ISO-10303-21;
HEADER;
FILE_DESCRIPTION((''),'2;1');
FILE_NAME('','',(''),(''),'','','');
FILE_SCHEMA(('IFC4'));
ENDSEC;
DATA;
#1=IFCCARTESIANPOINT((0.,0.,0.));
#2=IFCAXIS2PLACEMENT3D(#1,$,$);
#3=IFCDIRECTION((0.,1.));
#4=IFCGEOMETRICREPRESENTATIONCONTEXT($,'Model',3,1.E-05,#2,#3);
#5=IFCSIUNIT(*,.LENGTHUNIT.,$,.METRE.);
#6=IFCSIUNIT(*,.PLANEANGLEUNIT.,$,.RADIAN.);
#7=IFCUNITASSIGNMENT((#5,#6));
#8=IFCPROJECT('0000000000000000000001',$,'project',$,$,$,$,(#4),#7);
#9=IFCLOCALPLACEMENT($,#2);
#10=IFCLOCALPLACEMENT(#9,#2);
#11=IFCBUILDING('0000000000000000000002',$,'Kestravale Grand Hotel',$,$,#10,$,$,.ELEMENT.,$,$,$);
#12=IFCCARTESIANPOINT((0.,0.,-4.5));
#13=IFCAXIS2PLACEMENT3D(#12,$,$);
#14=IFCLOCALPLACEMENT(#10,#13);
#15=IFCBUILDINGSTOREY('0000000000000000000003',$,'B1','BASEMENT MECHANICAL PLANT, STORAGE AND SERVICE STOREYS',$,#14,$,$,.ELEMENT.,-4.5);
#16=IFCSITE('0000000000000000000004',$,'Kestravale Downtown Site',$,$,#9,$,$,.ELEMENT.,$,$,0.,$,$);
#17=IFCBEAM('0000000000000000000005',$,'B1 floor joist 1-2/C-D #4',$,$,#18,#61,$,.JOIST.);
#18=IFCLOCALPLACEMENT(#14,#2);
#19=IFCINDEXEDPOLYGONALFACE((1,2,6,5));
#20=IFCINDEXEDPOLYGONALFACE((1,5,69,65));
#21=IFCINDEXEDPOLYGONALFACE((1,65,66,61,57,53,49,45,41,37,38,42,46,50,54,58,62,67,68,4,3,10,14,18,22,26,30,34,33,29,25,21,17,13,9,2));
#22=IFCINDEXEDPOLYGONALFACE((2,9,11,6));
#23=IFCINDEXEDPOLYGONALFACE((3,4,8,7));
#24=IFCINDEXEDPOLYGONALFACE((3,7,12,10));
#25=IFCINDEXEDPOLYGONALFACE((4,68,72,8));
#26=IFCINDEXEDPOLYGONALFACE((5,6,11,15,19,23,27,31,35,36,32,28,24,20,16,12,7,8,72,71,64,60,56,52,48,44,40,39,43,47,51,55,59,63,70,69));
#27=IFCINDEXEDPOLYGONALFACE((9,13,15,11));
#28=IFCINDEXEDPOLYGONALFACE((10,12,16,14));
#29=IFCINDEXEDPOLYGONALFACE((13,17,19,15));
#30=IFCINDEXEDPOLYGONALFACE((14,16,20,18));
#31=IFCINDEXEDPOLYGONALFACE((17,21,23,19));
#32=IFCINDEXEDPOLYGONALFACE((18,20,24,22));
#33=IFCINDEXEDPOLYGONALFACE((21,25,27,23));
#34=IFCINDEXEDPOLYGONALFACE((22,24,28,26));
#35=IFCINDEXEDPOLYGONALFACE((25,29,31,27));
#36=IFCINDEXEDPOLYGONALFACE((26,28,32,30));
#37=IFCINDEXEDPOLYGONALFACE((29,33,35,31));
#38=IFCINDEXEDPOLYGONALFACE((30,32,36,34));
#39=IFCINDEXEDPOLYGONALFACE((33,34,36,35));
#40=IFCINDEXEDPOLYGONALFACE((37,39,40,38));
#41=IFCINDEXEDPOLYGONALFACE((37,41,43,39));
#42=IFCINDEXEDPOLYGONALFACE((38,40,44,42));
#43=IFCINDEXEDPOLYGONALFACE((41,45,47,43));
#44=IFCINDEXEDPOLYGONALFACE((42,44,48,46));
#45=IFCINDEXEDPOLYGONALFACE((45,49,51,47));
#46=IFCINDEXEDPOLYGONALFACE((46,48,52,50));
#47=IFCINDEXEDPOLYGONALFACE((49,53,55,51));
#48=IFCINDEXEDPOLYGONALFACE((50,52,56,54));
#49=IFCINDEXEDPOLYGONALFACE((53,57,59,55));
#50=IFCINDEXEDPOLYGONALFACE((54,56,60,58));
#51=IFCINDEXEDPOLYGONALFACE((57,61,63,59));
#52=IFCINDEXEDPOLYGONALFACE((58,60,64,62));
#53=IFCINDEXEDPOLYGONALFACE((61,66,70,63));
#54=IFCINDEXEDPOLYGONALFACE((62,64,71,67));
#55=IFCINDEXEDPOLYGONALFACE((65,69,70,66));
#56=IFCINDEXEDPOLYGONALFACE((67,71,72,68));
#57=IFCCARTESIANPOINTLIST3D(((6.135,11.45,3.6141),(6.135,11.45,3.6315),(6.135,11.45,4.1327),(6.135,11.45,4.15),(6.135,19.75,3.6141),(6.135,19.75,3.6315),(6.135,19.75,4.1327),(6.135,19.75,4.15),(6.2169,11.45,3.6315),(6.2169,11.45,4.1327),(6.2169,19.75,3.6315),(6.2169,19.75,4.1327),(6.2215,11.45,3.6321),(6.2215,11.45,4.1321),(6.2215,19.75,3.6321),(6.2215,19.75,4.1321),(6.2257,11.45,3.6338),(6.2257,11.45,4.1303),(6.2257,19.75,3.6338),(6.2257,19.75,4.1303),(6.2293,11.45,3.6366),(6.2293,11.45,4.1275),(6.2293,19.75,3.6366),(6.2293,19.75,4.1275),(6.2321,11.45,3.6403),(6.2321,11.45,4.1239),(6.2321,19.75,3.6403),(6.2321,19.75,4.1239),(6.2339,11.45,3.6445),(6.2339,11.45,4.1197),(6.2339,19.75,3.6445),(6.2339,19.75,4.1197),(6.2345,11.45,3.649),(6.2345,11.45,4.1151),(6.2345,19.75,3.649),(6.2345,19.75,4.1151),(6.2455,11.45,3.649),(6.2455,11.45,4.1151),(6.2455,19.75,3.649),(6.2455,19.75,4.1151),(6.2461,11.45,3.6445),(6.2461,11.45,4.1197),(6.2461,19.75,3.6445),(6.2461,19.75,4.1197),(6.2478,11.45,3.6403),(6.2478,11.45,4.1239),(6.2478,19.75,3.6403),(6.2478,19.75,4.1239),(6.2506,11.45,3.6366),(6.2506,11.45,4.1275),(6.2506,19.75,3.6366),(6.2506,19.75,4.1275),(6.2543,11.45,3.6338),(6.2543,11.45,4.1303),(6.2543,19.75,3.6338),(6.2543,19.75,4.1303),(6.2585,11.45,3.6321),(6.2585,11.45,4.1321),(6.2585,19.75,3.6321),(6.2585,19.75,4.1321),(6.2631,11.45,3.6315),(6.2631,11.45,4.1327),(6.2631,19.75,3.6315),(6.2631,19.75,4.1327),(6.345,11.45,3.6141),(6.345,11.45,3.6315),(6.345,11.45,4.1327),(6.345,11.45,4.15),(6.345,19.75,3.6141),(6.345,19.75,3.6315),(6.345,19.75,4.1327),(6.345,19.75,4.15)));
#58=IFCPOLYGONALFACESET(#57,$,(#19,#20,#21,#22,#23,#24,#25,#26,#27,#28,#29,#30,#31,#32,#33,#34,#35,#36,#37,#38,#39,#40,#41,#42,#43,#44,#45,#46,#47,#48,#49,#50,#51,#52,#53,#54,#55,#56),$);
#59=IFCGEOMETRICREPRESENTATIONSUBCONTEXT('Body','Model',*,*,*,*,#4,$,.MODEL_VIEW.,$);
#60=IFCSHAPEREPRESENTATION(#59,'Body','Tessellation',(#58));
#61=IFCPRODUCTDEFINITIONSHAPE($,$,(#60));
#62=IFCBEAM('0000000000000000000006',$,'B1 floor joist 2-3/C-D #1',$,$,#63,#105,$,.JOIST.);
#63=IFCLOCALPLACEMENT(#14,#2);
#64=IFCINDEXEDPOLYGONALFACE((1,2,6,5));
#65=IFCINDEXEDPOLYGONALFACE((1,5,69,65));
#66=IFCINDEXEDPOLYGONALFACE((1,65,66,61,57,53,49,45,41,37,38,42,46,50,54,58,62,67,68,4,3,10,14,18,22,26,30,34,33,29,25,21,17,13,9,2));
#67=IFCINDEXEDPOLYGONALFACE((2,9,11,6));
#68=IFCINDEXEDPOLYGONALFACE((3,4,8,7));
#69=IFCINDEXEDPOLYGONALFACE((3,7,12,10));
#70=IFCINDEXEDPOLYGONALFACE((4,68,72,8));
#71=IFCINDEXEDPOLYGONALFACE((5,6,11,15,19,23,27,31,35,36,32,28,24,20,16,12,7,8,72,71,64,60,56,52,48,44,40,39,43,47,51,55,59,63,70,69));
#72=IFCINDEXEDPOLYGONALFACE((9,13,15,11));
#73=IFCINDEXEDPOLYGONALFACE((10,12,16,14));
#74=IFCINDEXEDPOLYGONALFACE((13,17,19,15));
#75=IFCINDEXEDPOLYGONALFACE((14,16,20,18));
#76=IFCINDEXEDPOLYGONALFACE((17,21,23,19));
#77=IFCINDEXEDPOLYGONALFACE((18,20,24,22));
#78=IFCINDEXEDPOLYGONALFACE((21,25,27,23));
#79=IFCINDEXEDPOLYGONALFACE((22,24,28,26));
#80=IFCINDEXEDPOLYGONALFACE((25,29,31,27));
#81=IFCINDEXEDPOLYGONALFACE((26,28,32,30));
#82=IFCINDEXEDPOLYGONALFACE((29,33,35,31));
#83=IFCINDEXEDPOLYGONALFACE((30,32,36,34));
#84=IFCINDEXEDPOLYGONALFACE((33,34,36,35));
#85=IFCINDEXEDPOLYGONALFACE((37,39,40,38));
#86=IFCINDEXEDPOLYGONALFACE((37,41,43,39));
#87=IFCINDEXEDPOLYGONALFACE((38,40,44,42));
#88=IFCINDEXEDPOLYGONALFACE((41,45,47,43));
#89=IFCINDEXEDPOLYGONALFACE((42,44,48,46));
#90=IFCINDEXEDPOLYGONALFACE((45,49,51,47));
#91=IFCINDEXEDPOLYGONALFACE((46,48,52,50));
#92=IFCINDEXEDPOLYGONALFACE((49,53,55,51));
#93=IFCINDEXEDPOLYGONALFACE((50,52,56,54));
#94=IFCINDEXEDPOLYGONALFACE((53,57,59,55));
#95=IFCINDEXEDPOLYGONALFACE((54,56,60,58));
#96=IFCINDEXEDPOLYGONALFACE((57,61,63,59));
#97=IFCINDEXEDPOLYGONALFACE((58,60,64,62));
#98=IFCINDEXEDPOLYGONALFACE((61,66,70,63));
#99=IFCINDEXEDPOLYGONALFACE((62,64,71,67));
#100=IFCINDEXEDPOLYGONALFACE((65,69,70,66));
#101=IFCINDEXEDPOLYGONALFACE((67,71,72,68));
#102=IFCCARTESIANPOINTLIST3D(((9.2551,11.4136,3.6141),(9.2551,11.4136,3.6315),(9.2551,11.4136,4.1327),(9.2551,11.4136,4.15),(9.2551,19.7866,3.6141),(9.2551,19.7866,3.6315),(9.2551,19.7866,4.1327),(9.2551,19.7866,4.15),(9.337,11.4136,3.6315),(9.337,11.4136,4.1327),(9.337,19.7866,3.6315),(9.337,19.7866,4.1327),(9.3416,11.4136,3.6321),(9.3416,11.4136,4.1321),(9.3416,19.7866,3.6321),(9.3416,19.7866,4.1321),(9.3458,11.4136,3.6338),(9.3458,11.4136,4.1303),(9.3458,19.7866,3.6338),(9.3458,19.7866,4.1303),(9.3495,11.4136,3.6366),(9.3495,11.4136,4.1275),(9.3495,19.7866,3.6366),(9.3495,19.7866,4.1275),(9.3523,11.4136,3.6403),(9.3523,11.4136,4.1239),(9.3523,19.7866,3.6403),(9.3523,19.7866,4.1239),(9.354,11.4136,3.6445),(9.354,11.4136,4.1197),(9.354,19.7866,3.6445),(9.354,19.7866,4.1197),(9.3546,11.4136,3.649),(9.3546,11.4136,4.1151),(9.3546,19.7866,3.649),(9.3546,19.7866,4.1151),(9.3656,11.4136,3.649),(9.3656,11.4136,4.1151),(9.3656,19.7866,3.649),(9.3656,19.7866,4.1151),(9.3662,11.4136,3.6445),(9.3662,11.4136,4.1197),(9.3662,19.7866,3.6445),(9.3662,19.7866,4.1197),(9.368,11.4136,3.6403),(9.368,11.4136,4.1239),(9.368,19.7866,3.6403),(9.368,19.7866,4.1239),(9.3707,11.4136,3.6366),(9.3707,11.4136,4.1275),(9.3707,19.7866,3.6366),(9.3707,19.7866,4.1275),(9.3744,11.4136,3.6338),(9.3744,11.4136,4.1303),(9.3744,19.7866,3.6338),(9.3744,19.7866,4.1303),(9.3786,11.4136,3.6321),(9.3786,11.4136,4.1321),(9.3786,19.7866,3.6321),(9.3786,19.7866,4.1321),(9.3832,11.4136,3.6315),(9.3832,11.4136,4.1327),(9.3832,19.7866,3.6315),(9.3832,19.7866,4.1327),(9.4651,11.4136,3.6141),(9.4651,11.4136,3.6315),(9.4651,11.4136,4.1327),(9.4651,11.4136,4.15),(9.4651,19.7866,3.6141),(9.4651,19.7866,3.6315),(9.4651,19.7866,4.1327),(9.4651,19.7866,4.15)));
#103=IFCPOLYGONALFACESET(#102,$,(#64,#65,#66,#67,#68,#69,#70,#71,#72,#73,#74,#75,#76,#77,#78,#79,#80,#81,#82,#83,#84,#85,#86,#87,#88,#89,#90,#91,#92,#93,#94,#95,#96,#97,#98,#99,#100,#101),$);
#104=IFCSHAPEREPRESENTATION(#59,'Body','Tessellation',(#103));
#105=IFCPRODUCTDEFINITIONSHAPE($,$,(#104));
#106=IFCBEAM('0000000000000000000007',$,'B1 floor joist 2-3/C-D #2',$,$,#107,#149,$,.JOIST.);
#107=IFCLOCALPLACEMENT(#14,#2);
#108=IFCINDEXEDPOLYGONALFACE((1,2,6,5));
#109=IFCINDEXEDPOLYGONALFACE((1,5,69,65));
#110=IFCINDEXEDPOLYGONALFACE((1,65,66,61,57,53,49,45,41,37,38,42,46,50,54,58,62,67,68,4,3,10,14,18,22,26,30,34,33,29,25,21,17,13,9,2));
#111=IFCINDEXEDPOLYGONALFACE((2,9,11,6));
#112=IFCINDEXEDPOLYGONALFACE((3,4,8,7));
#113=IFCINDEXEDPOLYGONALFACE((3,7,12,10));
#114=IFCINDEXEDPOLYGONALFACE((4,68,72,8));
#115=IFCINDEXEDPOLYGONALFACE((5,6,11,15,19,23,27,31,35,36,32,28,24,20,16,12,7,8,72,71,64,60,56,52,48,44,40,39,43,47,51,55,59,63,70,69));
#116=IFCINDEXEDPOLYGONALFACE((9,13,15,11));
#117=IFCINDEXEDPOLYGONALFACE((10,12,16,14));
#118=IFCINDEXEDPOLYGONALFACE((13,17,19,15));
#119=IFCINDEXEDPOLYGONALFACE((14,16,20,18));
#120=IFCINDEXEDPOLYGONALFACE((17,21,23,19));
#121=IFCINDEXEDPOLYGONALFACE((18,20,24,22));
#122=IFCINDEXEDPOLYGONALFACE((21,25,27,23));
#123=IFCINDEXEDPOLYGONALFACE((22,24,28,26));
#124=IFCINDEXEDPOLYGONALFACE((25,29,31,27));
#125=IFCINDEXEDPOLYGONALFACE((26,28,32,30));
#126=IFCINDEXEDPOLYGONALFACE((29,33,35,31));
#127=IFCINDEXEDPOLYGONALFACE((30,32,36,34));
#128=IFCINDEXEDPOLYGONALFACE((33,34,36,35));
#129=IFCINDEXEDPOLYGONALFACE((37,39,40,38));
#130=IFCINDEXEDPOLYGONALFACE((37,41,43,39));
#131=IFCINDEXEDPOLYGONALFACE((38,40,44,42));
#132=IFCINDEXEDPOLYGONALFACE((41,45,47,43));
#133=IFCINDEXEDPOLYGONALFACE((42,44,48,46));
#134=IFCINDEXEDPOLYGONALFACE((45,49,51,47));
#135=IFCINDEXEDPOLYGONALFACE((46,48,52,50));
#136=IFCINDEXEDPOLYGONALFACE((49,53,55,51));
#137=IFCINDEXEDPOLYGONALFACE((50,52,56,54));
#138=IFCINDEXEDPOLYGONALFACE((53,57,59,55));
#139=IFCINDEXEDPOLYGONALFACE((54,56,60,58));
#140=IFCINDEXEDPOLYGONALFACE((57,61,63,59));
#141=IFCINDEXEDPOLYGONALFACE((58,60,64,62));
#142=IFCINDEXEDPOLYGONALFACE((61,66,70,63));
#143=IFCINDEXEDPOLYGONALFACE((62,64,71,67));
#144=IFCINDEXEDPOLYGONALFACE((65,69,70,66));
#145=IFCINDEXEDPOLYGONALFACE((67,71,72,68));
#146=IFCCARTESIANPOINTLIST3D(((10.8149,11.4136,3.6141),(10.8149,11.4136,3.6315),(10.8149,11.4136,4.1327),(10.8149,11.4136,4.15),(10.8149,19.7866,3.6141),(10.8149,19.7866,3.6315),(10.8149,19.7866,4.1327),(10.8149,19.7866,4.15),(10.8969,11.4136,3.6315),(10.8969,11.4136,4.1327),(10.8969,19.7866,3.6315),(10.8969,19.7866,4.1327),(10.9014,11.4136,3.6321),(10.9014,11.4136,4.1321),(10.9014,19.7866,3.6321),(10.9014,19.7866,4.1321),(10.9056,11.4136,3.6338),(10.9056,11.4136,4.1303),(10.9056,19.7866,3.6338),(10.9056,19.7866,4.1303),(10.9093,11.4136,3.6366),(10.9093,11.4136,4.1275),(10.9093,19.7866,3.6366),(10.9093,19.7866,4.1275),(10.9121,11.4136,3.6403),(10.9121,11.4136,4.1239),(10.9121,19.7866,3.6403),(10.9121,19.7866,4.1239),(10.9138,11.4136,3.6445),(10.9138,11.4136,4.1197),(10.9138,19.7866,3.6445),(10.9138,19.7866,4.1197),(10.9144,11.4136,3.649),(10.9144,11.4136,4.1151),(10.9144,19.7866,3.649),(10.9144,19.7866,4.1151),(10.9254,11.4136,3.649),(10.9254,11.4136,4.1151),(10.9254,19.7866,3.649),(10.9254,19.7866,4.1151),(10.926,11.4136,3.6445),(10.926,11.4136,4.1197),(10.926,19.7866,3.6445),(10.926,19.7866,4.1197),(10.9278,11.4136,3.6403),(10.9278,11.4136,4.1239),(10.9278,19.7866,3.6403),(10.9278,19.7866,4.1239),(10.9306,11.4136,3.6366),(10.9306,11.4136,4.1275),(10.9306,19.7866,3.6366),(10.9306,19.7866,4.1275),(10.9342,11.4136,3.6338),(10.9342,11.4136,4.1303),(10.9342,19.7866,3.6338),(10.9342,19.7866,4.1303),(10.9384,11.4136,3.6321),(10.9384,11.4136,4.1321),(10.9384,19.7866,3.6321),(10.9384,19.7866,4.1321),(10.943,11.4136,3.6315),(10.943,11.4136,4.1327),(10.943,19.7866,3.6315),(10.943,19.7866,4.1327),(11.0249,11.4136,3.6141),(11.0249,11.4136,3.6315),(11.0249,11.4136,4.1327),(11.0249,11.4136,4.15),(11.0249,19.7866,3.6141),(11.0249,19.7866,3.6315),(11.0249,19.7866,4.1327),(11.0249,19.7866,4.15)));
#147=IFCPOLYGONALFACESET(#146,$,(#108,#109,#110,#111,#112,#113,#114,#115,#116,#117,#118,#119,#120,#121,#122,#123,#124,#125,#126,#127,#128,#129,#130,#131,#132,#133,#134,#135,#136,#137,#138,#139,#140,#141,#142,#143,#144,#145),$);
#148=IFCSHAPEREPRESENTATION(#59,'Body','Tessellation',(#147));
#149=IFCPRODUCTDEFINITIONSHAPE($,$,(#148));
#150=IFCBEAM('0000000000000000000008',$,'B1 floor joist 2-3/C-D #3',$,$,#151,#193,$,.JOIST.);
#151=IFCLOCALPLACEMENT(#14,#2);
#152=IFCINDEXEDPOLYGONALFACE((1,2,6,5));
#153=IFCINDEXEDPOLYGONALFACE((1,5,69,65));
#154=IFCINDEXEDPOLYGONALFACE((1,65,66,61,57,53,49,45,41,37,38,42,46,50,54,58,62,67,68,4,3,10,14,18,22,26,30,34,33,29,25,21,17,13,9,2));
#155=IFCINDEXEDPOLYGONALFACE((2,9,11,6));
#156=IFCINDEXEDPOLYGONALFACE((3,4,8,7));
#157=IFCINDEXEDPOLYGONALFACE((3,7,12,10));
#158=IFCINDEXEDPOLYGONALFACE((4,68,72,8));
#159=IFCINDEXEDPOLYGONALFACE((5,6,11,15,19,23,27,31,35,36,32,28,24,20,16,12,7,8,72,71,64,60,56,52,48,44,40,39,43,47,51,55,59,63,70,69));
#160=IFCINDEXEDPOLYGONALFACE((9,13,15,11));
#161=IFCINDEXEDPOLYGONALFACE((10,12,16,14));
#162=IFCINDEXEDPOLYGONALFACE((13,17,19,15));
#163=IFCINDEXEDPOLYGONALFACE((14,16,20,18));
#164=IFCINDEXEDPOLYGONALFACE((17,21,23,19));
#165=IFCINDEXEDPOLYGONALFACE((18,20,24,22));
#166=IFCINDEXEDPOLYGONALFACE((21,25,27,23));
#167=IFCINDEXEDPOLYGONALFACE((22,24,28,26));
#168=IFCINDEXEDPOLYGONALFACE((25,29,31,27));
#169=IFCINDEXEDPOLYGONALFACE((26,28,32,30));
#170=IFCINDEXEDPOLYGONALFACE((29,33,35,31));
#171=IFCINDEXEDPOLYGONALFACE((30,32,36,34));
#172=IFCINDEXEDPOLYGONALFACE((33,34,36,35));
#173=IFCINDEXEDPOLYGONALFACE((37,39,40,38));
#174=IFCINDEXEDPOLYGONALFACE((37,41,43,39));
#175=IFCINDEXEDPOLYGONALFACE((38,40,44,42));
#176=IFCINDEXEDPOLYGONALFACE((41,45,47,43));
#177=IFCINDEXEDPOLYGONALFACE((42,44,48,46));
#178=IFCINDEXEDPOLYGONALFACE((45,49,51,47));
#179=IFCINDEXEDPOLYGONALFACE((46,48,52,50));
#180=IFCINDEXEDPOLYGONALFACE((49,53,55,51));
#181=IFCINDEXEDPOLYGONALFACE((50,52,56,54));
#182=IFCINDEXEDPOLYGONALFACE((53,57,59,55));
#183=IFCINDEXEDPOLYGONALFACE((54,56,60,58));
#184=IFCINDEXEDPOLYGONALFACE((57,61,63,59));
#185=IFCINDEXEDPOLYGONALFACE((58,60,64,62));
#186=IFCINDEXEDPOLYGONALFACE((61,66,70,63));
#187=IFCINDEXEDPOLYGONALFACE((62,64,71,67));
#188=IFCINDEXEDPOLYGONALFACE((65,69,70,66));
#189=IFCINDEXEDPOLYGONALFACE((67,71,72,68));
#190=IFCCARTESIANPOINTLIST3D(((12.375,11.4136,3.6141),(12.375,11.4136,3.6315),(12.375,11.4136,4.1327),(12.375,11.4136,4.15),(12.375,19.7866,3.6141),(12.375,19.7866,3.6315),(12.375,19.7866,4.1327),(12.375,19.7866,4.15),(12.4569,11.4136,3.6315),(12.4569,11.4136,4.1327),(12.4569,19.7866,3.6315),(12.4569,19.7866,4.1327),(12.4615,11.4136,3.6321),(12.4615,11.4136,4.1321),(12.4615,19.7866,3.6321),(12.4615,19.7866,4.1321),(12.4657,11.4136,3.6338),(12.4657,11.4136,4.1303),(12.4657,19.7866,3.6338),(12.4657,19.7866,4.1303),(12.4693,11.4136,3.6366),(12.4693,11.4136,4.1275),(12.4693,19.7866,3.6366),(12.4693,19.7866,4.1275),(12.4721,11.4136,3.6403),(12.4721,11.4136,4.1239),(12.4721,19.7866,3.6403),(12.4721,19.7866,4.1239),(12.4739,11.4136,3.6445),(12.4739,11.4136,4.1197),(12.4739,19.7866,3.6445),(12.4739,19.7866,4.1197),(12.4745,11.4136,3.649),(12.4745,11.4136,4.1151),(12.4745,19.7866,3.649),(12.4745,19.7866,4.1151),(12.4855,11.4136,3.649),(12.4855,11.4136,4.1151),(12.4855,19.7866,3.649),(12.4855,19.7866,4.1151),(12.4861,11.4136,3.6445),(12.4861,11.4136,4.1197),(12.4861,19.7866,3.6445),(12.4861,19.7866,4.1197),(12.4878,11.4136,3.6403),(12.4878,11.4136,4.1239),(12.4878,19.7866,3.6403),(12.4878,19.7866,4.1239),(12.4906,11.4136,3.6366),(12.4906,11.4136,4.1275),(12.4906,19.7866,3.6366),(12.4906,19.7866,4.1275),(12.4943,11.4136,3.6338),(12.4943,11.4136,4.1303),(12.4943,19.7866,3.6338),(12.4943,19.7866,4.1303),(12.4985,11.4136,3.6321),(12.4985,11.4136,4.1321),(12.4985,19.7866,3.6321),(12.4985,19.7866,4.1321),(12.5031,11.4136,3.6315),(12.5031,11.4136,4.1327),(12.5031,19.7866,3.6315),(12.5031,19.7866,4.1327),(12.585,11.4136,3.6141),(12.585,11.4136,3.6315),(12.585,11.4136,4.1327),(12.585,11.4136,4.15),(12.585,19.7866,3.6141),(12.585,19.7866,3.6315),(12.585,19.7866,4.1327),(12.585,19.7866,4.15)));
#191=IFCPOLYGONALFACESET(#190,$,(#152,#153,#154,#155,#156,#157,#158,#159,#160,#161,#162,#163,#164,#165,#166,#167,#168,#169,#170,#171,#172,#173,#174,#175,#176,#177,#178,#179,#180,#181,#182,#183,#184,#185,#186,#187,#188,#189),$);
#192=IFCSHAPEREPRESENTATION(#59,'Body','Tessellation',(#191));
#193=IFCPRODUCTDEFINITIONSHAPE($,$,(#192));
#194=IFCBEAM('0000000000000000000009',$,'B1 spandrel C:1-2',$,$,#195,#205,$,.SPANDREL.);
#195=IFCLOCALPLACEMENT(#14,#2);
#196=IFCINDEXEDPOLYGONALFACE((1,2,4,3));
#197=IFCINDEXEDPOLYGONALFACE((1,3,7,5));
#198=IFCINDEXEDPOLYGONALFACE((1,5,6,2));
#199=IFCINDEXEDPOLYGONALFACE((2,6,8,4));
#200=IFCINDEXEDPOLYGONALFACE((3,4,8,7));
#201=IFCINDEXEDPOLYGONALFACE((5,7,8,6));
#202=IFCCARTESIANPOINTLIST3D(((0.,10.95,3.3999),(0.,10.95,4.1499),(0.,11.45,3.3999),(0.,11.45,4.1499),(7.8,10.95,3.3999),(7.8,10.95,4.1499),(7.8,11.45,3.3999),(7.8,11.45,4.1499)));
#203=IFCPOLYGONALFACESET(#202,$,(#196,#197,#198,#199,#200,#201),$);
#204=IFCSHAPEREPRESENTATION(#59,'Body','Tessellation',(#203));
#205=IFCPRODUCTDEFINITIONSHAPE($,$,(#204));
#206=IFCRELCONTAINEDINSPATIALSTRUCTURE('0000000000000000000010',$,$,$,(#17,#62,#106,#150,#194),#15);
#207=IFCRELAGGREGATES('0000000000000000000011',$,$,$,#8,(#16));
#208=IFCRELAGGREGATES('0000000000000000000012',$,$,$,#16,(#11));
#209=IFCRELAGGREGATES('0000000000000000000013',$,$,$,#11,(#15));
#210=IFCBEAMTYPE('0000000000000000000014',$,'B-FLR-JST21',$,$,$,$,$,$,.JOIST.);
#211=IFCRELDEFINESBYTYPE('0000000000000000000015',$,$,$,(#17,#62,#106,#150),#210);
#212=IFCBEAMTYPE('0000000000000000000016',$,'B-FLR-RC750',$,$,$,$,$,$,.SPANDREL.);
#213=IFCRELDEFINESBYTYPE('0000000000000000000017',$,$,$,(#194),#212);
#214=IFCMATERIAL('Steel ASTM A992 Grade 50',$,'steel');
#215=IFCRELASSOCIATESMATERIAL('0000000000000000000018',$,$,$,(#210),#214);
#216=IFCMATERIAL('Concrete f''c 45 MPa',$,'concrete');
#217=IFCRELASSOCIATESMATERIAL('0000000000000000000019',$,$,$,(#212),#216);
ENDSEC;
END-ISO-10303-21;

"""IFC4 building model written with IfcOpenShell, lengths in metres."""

from ifc_helpers import new_model, si_unit, direction, frame, origin, origin_2d, place, context, subcontext, project, spatial, rectangle, i_section, extrude, material, material_profile, profile_set, type_object, element, save


model = new_model("IFC4")

# Units and contexts
model_context = context("Model", 3, precision=1e-05, world=origin(), true_north=direction((0.0, 1.0)))
body_context = subcontext(model_context, "Body", "Model", "MODEL_VIEW")
ifc_project = project(units=[si_unit("LENGTHUNIT", "METRE"), si_unit("PLANEANGLEUNIT", "RADIAN")], contexts=[model_context])

# Site, building, storey
site_placement = place(None, origin())
site = spatial("IfcSite", under=ifc_project, at=site_placement, Name="Kestravale Downtown Site", CompositionType="ELEMENT", RefElevation=0.0)
building_placement = place(site_placement, origin())
building = spatial("IfcBuilding", under=site, at=building_placement, Name="Kestravale Grand Hotel", CompositionType="ELEMENT")
storey_placement = place(building_placement, frame((0.0, 0.0, -4.5)))
storey = spatial("IfcBuildingStorey", under=building, at=storey_placement, Name="B1", Description="BASEMENT MECHANICAL PLANT, STORAGE AND SERVICE STOREYS", CompositionType="ELEMENT", Elevation=-4.5)

# Beams
ifc_material_1 = material(Name="Steel ASTM A992 Grade 50", Category="steel")
ifc_material_profile_1 = material_profile(ifc_material_1, i_section(OverallWidth=0.21, OverallDepth=0.5359, WebThickness=0.011, FlangeThickness=0.0173, FilletRadius=0.0176, at=origin_2d()))
ifc_profile_set_1 = profile_set([ifc_material_profile_1], Name="Steel ASTM A992 Grade 50")
beam_type_1 = type_object("IfcBeamType", Name="B-FLR-JST21", PredefinedType="JOIST", material=ifc_profile_set_1)
for number, where, z_axis, x_axis, name in (
    (1, (6.24, 11.45, 3.8821), (0.0, 1.0, 0.0), (-1.0, 0.0, 0.0), "B1 floor joist 1-2/C-D #4"),
):
    element("IfcBeam", number, at=place(storey_placement, frame(where, z_axis=z_axis, x_axis=x_axis)), inside=storey, type_object=beam_type_1, Name=name, PredefinedType="JOIST", context=body_context, shape_type="SweptSolid", body=[
        extrude(i_section(OverallWidth=0.21, OverallDepth=0.5359, WebThickness=0.011, FlangeThickness=0.0173, FilletRadius=0.0176, at=origin_2d()), origin(), (0.0, 0.0, 1.0), 8.3),
    ])
for number, where, z_axis, x_axis, name in (
    (2, (9.3601, 11.4136, 3.8821), (0.0, 1.0, 0.0), (-1.0, 0.0, 0.0), "B1 floor joist 2-3/C-D #1"),
    (3, (10.9199, 11.4136, 3.8821), (0.0, 1.0, 0.0), (-1.0, 0.0, 0.0), "B1 floor joist 2-3/C-D #2"),
    (4, (12.48, 11.4136, 3.8821), (0.0, 1.0, 0.0), (-1.0, 0.0, 0.0), "B1 floor joist 2-3/C-D #3"),
):
    element("IfcBeam", number, at=place(storey_placement, frame(where, z_axis=z_axis, x_axis=x_axis)), inside=storey, type_object=beam_type_1, Name=name, PredefinedType="JOIST", context=body_context, shape_type="SweptSolid", body=[
        extrude(i_section(OverallWidth=0.21, OverallDepth=0.5359, WebThickness=0.011, FlangeThickness=0.0173, FilletRadius=0.0176, at=origin_2d()), origin(), (0.0, 0.0, 1.0), 8.373),
    ])
ifc_material_2 = material(Name="Concrete f'c 45 MPa", Category="concrete")
ifc_material_profile_2 = material_profile(ifc_material_2, rectangle(XDim=0.5, YDim=0.75, at=origin_2d()))
ifc_profile_set_2 = profile_set([ifc_material_profile_2], Name="Concrete f'c 45 MPa")
beam_type_2 = type_object("IfcBeamType", Name="B-FLR-RC750", PredefinedType="SPANDREL", material=ifc_profile_set_2)
for number, where, z_axis, x_axis, name in (
    (5, (0.0, 11.2, 3.7749), (1.0, 0.0, 0.0), (0.0, 1.0, 0.0), "B1 spandrel C:1-2"),
):
    element("IfcBeam", number, at=place(storey_placement, frame(where, z_axis=z_axis, x_axis=x_axis)), inside=storey, type_object=beam_type_2, Name=name, PredefinedType="SPANDREL", context=body_context, shape_type="SweptSolid", body=[
        extrude(rectangle(XDim=0.5, YDim=0.75, at=origin_2d()), origin(), (0.0, 0.0, 1.0), 7.8),
    ])

save(model, "model.ifc")
